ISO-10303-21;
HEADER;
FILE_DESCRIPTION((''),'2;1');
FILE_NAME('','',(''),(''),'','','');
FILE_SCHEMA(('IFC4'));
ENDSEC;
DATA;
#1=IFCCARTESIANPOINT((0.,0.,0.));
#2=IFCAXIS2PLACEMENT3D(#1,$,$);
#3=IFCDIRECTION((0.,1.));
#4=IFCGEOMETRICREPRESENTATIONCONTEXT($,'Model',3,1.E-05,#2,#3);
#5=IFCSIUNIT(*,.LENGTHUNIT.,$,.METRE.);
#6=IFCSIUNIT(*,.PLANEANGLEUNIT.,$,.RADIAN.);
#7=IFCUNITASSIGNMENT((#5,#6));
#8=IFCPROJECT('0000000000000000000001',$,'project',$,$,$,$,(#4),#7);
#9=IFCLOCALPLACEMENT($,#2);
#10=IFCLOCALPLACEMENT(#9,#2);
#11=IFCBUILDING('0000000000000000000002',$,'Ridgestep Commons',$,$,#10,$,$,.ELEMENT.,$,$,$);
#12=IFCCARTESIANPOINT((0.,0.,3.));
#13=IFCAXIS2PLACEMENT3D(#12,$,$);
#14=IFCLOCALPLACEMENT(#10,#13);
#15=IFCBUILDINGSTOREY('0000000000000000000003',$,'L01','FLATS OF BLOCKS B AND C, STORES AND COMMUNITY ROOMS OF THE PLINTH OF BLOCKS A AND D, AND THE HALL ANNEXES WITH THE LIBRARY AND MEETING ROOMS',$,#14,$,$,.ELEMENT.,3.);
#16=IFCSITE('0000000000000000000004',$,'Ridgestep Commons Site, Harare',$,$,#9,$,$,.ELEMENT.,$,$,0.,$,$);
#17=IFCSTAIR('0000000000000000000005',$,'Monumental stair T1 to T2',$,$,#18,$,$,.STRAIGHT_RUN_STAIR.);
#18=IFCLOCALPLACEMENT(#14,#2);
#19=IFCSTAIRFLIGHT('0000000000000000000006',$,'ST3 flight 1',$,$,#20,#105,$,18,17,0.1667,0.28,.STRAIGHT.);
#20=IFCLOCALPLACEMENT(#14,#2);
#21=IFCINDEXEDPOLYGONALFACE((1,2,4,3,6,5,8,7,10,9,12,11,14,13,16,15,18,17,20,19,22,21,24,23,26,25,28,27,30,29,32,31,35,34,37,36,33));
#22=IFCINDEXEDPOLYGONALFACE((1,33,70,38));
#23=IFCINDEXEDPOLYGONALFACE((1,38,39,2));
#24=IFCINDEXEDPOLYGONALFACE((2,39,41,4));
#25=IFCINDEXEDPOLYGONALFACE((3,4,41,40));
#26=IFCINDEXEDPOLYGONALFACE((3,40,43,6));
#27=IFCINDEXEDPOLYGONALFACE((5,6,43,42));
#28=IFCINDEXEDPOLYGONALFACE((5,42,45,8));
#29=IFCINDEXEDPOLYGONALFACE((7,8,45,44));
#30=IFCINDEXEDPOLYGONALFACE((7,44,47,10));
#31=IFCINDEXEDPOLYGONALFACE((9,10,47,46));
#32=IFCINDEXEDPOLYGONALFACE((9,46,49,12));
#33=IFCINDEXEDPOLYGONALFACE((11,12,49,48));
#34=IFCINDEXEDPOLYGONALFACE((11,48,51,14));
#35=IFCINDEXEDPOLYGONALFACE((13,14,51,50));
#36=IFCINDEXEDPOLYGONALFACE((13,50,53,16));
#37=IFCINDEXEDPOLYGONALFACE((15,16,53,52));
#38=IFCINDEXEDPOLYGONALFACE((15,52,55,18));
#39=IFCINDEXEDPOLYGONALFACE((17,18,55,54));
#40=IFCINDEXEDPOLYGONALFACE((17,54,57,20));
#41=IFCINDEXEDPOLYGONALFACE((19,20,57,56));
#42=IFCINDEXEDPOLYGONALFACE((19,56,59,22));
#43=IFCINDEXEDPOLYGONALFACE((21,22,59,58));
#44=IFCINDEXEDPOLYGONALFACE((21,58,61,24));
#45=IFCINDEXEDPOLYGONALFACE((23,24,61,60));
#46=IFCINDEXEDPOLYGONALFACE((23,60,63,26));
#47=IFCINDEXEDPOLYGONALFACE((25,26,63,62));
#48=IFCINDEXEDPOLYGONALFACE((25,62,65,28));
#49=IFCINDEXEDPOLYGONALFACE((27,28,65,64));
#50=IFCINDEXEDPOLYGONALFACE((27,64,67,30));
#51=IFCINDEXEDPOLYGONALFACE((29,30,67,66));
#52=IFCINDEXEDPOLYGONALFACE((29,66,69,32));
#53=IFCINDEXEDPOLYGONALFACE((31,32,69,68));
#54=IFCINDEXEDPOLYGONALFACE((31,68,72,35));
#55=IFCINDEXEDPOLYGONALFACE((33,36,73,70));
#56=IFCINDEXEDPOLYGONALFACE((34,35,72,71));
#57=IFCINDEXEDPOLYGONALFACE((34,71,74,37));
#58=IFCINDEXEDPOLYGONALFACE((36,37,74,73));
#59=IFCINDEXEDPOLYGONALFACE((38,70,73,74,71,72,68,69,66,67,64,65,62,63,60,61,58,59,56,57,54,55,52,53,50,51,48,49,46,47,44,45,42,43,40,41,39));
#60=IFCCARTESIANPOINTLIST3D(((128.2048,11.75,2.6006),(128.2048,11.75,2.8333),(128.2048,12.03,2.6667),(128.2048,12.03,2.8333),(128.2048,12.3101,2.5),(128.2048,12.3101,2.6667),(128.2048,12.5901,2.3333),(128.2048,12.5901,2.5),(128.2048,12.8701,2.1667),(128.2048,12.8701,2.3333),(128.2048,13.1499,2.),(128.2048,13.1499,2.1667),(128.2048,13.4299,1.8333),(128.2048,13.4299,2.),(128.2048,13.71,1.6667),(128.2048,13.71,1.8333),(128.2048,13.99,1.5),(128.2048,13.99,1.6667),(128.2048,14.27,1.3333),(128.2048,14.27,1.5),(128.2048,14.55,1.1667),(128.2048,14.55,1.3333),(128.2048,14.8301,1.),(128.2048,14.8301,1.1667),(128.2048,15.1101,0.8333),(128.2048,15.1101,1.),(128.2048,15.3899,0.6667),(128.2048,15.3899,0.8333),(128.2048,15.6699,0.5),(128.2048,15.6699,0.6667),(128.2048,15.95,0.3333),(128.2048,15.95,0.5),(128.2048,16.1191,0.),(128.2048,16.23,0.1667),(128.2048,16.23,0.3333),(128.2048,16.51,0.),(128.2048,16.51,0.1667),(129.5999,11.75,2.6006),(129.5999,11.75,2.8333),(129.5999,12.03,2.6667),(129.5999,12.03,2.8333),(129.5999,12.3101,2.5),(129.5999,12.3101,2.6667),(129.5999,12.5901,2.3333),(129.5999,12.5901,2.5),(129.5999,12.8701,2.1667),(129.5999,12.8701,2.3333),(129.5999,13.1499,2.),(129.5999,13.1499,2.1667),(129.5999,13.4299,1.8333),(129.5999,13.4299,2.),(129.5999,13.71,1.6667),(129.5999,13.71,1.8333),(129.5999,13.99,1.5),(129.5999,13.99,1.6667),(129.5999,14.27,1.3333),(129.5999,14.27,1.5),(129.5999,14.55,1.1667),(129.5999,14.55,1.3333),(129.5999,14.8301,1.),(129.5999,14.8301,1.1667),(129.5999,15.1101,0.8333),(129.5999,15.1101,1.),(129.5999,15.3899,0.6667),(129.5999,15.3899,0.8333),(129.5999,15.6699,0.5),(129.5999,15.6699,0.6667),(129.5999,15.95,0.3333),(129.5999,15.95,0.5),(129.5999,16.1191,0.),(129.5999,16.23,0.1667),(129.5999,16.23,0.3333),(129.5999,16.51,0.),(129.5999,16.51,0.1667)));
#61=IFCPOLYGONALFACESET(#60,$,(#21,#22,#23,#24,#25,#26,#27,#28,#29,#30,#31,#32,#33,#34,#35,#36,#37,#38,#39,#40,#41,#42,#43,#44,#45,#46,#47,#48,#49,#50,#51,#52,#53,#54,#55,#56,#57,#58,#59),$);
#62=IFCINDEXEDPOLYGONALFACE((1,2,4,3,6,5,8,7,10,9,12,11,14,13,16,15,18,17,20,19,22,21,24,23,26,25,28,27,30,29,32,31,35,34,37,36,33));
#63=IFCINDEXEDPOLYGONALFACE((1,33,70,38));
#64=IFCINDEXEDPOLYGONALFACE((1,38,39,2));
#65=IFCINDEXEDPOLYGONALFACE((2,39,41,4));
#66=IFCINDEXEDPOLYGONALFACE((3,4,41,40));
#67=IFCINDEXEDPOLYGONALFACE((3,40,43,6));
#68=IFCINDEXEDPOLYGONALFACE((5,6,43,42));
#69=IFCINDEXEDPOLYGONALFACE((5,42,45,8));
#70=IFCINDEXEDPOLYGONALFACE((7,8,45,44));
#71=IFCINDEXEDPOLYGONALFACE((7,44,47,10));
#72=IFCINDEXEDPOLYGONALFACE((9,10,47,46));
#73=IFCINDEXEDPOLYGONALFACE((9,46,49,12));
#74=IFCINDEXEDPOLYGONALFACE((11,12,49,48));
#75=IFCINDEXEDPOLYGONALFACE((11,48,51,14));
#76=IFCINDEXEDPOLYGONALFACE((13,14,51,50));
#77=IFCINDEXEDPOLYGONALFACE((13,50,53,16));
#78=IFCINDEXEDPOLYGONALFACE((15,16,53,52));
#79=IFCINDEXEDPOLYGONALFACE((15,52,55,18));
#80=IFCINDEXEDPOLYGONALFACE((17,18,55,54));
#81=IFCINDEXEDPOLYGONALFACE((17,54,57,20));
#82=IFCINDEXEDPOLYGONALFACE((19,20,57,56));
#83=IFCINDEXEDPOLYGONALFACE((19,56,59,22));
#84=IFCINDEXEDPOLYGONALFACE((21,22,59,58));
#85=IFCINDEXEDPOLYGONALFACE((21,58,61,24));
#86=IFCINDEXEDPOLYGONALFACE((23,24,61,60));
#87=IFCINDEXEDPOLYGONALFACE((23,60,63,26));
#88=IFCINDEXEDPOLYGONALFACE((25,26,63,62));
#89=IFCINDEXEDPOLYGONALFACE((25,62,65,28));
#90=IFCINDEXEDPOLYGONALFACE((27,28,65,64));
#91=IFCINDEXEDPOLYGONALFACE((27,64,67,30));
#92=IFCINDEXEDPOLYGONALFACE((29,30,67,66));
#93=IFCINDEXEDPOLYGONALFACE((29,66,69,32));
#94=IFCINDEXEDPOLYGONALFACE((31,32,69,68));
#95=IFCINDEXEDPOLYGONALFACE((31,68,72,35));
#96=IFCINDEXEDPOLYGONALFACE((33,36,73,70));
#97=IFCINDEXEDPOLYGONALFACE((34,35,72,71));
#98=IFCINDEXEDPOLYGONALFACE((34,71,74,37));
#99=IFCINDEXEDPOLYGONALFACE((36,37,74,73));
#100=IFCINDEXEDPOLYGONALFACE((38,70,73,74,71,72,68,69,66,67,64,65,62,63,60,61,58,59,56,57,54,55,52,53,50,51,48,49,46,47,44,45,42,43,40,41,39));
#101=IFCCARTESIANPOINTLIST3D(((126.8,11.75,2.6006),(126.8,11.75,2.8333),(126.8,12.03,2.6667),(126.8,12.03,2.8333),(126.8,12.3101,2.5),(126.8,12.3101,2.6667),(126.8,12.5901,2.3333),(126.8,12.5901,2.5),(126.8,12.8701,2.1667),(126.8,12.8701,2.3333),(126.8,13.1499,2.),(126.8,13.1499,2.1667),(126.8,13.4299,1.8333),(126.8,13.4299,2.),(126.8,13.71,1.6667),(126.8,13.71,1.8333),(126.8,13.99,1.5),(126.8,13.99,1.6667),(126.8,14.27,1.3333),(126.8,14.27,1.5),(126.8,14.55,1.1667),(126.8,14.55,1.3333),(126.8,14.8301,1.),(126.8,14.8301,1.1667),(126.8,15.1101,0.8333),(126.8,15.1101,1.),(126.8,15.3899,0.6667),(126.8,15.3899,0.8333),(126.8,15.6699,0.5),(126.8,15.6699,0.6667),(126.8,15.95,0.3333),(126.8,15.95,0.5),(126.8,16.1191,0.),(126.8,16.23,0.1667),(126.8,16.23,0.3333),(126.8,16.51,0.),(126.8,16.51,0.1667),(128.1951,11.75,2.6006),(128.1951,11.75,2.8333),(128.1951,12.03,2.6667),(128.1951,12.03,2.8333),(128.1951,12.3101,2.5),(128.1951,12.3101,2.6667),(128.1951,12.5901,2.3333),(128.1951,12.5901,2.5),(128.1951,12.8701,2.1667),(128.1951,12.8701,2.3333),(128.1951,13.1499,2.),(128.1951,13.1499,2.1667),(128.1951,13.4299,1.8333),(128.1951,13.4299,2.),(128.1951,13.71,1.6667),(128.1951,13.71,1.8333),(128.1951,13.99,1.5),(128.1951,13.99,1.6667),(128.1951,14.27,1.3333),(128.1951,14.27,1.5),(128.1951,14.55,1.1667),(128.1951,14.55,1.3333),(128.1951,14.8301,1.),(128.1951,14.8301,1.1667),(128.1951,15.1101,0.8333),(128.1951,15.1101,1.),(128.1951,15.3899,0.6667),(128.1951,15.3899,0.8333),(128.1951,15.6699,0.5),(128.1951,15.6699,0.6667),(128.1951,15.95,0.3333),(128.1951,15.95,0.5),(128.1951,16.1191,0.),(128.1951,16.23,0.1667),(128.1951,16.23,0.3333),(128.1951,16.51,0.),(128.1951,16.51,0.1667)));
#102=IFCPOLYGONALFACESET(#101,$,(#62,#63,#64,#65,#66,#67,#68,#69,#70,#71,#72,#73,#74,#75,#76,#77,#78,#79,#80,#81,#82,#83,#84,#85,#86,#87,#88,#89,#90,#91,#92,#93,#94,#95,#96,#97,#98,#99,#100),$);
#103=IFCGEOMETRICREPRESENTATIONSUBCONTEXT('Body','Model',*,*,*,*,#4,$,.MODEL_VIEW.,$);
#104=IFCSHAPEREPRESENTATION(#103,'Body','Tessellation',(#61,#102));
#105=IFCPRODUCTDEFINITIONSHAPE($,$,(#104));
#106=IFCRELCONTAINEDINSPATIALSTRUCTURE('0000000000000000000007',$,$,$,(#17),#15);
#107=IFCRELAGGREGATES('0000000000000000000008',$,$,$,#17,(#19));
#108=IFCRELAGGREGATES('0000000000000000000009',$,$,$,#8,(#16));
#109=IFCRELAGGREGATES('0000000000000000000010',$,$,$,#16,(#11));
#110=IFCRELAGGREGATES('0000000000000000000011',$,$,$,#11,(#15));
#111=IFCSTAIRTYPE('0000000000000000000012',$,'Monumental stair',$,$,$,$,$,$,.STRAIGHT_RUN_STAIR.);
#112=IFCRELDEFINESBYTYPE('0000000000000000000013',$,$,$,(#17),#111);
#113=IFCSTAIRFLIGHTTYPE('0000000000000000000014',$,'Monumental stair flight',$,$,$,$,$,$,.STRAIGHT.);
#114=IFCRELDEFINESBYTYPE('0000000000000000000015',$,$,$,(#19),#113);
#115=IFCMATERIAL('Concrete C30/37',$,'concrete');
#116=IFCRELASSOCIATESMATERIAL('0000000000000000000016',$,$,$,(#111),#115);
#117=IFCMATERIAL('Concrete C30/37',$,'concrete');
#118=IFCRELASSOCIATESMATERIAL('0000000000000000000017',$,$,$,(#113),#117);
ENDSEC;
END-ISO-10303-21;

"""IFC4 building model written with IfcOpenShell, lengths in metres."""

from ifc_helpers import new_model, si_unit, direction, frame, origin, place, context, subcontext, project, spatial, polyline, outline, extrude, material, type_object, element, aggregate, save


model = new_model("IFC4")

# Units and contexts
model_context = context("Model", 3, precision=1e-05, world=origin(), true_north=direction((0.0, 1.0)))
body_context = subcontext(model_context, "Body", "Model", "MODEL_VIEW")
ifc_project = project(units=[si_unit("LENGTHUNIT", "METRE"), si_unit("PLANEANGLEUNIT", "RADIAN")], contexts=[model_context])

# Site, building, storey
site_placement = place(None, origin())
site = spatial("IfcSite", under=ifc_project, at=site_placement, Name="Ridgestep Commons Site, Harare", CompositionType="ELEMENT", RefElevation=0.0)
building_placement = place(site_placement, origin())
building = spatial("IfcBuilding", under=site, at=building_placement, Name="Ridgestep Commons", CompositionType="ELEMENT")
storey_placement = place(building_placement, frame((0.0, 0.0, 3.0)))
storey = spatial("IfcBuildingStorey", under=building, at=storey_placement, Name="L01", Description="FLATS OF BLOCKS B AND C, STORES AND COMMUNITY ROOMS OF THE PLINTH OF BLOCKS A AND D, AND THE HALL ANNEXES WITH THE LIBRARY AND MEETING ROOMS", CompositionType="ELEMENT", Elevation=3.0)

# Stair, stair flight
ifc_material_1 = material(Name="Concrete C30/37", Category="concrete")
stair_type = type_object("IfcStairType", Name="Monumental stair", PredefinedType="STRAIGHT_RUN_STAIR", material=ifc_material_1)
stair_placement = place(storey_placement, origin())
stair = element("IfcStair", 1, at=stair_placement, inside=storey, type_object=stair_type, Name="Monumental stair T1 to T2", PredefinedType="STRAIGHT_RUN_STAIR")
ifc_material_2 = material(Name="Concrete C30/37", Category="concrete")
stair_flight_type = type_object("IfcStairFlightType", Name="Monumental stair flight", PredefinedType="STRAIGHT", material=ifc_material_2)
stair_flight_1_placement = place(storey_placement, frame((128.2, 16.51, 0.0), z_axis=(0.0, 0.0, 1.0), x_axis=(0.0, -1.0, 0.0)))
stair_flight_1 = element("IfcStairFlight", 2, at=stair_flight_1_placement, type_object=stair_flight_type, Name="ST3 flight 1", NumberOfRisers=18, NumberOfTreads=17, PredefinedType="STRAIGHT", RiserHeight=0.1667, TreadLength=0.28, context=body_context, shape_type="SweptSolid", body=[
    extrude(outline(polyline([(0.0, 0.0), (0.0, 0.1667), (0.28, 0.1667), (0.28, 0.3333), (0.5601, 0.3333), (0.5601, 0.5), (0.8401, 0.5), (0.8401, 0.6667), (1.1201, 0.6667), (1.1201, 0.8333), (1.3999, 0.8333), (1.3999, 1.0), (1.6799, 1.0), (1.6799, 1.1667), (1.96, 1.1667), (1.96, 1.3333), (2.24, 1.3333), (2.24, 1.5), (2.52, 1.5), (2.52, 1.6667), (2.8, 1.6667), (2.8, 1.8333), (3.0801, 1.8333), (3.0801, 2.0), (3.3601, 2.0), (3.3601, 2.1667), (3.6399, 2.1667), (3.6399, 2.3333), (3.9199, 2.3333), (3.9199, 2.5), (4.2, 2.5), (4.2, 2.6667), (4.48, 2.6667), (4.48, 2.8333), (4.76, 2.8333), (4.76, 3.0), (4.76, 2.6006), (0.3909, 0.0), (0.0, 0.0)])), frame((0.0, 1.3999, 0.0), z_axis=(0.0, -1.0, 0.0), x_axis=(1.0, 0.0, 0.0)), (0.0, 0.0, 1.0), 1.395),
    extrude(outline(polyline([(0.0, 0.0), (0.0, 0.1667), (0.28, 0.1667), (0.28, 0.3333), (0.5601, 0.3333), (0.5601, 0.5), (0.8401, 0.5), (0.8401, 0.6667), (1.1201, 0.6667), (1.1201, 0.8333), (1.3999, 0.8333), (1.3999, 1.0), (1.6799, 1.0), (1.6799, 1.1667), (1.96, 1.1667), (1.96, 1.3333), (2.24, 1.3333), (2.24, 1.5), (2.52, 1.5), (2.52, 1.6667), (2.8, 1.6667), (2.8, 1.8333), (3.0801, 1.8333), (3.0801, 2.0), (3.3601, 2.0), (3.3601, 2.1667), (3.6399, 2.1667), (3.6399, 2.3333), (3.9199, 2.3333), (3.9199, 2.5), (4.2, 2.5), (4.2, 2.6667), (4.48, 2.6667), (4.48, 2.8333), (4.76, 2.8333), (4.76, 3.0), (4.76, 2.6006), (0.3909, 0.0), (0.0, 0.0)])), frame((0.0, -0.0049, 0.0), z_axis=(0.0, -1.0, 0.0), x_axis=(1.0, 0.0, 0.0)), (0.0, 0.0, 1.0), 1.395),
])
aggregate(stair, [stair_flight_1])

save(model, "model.ifc")
